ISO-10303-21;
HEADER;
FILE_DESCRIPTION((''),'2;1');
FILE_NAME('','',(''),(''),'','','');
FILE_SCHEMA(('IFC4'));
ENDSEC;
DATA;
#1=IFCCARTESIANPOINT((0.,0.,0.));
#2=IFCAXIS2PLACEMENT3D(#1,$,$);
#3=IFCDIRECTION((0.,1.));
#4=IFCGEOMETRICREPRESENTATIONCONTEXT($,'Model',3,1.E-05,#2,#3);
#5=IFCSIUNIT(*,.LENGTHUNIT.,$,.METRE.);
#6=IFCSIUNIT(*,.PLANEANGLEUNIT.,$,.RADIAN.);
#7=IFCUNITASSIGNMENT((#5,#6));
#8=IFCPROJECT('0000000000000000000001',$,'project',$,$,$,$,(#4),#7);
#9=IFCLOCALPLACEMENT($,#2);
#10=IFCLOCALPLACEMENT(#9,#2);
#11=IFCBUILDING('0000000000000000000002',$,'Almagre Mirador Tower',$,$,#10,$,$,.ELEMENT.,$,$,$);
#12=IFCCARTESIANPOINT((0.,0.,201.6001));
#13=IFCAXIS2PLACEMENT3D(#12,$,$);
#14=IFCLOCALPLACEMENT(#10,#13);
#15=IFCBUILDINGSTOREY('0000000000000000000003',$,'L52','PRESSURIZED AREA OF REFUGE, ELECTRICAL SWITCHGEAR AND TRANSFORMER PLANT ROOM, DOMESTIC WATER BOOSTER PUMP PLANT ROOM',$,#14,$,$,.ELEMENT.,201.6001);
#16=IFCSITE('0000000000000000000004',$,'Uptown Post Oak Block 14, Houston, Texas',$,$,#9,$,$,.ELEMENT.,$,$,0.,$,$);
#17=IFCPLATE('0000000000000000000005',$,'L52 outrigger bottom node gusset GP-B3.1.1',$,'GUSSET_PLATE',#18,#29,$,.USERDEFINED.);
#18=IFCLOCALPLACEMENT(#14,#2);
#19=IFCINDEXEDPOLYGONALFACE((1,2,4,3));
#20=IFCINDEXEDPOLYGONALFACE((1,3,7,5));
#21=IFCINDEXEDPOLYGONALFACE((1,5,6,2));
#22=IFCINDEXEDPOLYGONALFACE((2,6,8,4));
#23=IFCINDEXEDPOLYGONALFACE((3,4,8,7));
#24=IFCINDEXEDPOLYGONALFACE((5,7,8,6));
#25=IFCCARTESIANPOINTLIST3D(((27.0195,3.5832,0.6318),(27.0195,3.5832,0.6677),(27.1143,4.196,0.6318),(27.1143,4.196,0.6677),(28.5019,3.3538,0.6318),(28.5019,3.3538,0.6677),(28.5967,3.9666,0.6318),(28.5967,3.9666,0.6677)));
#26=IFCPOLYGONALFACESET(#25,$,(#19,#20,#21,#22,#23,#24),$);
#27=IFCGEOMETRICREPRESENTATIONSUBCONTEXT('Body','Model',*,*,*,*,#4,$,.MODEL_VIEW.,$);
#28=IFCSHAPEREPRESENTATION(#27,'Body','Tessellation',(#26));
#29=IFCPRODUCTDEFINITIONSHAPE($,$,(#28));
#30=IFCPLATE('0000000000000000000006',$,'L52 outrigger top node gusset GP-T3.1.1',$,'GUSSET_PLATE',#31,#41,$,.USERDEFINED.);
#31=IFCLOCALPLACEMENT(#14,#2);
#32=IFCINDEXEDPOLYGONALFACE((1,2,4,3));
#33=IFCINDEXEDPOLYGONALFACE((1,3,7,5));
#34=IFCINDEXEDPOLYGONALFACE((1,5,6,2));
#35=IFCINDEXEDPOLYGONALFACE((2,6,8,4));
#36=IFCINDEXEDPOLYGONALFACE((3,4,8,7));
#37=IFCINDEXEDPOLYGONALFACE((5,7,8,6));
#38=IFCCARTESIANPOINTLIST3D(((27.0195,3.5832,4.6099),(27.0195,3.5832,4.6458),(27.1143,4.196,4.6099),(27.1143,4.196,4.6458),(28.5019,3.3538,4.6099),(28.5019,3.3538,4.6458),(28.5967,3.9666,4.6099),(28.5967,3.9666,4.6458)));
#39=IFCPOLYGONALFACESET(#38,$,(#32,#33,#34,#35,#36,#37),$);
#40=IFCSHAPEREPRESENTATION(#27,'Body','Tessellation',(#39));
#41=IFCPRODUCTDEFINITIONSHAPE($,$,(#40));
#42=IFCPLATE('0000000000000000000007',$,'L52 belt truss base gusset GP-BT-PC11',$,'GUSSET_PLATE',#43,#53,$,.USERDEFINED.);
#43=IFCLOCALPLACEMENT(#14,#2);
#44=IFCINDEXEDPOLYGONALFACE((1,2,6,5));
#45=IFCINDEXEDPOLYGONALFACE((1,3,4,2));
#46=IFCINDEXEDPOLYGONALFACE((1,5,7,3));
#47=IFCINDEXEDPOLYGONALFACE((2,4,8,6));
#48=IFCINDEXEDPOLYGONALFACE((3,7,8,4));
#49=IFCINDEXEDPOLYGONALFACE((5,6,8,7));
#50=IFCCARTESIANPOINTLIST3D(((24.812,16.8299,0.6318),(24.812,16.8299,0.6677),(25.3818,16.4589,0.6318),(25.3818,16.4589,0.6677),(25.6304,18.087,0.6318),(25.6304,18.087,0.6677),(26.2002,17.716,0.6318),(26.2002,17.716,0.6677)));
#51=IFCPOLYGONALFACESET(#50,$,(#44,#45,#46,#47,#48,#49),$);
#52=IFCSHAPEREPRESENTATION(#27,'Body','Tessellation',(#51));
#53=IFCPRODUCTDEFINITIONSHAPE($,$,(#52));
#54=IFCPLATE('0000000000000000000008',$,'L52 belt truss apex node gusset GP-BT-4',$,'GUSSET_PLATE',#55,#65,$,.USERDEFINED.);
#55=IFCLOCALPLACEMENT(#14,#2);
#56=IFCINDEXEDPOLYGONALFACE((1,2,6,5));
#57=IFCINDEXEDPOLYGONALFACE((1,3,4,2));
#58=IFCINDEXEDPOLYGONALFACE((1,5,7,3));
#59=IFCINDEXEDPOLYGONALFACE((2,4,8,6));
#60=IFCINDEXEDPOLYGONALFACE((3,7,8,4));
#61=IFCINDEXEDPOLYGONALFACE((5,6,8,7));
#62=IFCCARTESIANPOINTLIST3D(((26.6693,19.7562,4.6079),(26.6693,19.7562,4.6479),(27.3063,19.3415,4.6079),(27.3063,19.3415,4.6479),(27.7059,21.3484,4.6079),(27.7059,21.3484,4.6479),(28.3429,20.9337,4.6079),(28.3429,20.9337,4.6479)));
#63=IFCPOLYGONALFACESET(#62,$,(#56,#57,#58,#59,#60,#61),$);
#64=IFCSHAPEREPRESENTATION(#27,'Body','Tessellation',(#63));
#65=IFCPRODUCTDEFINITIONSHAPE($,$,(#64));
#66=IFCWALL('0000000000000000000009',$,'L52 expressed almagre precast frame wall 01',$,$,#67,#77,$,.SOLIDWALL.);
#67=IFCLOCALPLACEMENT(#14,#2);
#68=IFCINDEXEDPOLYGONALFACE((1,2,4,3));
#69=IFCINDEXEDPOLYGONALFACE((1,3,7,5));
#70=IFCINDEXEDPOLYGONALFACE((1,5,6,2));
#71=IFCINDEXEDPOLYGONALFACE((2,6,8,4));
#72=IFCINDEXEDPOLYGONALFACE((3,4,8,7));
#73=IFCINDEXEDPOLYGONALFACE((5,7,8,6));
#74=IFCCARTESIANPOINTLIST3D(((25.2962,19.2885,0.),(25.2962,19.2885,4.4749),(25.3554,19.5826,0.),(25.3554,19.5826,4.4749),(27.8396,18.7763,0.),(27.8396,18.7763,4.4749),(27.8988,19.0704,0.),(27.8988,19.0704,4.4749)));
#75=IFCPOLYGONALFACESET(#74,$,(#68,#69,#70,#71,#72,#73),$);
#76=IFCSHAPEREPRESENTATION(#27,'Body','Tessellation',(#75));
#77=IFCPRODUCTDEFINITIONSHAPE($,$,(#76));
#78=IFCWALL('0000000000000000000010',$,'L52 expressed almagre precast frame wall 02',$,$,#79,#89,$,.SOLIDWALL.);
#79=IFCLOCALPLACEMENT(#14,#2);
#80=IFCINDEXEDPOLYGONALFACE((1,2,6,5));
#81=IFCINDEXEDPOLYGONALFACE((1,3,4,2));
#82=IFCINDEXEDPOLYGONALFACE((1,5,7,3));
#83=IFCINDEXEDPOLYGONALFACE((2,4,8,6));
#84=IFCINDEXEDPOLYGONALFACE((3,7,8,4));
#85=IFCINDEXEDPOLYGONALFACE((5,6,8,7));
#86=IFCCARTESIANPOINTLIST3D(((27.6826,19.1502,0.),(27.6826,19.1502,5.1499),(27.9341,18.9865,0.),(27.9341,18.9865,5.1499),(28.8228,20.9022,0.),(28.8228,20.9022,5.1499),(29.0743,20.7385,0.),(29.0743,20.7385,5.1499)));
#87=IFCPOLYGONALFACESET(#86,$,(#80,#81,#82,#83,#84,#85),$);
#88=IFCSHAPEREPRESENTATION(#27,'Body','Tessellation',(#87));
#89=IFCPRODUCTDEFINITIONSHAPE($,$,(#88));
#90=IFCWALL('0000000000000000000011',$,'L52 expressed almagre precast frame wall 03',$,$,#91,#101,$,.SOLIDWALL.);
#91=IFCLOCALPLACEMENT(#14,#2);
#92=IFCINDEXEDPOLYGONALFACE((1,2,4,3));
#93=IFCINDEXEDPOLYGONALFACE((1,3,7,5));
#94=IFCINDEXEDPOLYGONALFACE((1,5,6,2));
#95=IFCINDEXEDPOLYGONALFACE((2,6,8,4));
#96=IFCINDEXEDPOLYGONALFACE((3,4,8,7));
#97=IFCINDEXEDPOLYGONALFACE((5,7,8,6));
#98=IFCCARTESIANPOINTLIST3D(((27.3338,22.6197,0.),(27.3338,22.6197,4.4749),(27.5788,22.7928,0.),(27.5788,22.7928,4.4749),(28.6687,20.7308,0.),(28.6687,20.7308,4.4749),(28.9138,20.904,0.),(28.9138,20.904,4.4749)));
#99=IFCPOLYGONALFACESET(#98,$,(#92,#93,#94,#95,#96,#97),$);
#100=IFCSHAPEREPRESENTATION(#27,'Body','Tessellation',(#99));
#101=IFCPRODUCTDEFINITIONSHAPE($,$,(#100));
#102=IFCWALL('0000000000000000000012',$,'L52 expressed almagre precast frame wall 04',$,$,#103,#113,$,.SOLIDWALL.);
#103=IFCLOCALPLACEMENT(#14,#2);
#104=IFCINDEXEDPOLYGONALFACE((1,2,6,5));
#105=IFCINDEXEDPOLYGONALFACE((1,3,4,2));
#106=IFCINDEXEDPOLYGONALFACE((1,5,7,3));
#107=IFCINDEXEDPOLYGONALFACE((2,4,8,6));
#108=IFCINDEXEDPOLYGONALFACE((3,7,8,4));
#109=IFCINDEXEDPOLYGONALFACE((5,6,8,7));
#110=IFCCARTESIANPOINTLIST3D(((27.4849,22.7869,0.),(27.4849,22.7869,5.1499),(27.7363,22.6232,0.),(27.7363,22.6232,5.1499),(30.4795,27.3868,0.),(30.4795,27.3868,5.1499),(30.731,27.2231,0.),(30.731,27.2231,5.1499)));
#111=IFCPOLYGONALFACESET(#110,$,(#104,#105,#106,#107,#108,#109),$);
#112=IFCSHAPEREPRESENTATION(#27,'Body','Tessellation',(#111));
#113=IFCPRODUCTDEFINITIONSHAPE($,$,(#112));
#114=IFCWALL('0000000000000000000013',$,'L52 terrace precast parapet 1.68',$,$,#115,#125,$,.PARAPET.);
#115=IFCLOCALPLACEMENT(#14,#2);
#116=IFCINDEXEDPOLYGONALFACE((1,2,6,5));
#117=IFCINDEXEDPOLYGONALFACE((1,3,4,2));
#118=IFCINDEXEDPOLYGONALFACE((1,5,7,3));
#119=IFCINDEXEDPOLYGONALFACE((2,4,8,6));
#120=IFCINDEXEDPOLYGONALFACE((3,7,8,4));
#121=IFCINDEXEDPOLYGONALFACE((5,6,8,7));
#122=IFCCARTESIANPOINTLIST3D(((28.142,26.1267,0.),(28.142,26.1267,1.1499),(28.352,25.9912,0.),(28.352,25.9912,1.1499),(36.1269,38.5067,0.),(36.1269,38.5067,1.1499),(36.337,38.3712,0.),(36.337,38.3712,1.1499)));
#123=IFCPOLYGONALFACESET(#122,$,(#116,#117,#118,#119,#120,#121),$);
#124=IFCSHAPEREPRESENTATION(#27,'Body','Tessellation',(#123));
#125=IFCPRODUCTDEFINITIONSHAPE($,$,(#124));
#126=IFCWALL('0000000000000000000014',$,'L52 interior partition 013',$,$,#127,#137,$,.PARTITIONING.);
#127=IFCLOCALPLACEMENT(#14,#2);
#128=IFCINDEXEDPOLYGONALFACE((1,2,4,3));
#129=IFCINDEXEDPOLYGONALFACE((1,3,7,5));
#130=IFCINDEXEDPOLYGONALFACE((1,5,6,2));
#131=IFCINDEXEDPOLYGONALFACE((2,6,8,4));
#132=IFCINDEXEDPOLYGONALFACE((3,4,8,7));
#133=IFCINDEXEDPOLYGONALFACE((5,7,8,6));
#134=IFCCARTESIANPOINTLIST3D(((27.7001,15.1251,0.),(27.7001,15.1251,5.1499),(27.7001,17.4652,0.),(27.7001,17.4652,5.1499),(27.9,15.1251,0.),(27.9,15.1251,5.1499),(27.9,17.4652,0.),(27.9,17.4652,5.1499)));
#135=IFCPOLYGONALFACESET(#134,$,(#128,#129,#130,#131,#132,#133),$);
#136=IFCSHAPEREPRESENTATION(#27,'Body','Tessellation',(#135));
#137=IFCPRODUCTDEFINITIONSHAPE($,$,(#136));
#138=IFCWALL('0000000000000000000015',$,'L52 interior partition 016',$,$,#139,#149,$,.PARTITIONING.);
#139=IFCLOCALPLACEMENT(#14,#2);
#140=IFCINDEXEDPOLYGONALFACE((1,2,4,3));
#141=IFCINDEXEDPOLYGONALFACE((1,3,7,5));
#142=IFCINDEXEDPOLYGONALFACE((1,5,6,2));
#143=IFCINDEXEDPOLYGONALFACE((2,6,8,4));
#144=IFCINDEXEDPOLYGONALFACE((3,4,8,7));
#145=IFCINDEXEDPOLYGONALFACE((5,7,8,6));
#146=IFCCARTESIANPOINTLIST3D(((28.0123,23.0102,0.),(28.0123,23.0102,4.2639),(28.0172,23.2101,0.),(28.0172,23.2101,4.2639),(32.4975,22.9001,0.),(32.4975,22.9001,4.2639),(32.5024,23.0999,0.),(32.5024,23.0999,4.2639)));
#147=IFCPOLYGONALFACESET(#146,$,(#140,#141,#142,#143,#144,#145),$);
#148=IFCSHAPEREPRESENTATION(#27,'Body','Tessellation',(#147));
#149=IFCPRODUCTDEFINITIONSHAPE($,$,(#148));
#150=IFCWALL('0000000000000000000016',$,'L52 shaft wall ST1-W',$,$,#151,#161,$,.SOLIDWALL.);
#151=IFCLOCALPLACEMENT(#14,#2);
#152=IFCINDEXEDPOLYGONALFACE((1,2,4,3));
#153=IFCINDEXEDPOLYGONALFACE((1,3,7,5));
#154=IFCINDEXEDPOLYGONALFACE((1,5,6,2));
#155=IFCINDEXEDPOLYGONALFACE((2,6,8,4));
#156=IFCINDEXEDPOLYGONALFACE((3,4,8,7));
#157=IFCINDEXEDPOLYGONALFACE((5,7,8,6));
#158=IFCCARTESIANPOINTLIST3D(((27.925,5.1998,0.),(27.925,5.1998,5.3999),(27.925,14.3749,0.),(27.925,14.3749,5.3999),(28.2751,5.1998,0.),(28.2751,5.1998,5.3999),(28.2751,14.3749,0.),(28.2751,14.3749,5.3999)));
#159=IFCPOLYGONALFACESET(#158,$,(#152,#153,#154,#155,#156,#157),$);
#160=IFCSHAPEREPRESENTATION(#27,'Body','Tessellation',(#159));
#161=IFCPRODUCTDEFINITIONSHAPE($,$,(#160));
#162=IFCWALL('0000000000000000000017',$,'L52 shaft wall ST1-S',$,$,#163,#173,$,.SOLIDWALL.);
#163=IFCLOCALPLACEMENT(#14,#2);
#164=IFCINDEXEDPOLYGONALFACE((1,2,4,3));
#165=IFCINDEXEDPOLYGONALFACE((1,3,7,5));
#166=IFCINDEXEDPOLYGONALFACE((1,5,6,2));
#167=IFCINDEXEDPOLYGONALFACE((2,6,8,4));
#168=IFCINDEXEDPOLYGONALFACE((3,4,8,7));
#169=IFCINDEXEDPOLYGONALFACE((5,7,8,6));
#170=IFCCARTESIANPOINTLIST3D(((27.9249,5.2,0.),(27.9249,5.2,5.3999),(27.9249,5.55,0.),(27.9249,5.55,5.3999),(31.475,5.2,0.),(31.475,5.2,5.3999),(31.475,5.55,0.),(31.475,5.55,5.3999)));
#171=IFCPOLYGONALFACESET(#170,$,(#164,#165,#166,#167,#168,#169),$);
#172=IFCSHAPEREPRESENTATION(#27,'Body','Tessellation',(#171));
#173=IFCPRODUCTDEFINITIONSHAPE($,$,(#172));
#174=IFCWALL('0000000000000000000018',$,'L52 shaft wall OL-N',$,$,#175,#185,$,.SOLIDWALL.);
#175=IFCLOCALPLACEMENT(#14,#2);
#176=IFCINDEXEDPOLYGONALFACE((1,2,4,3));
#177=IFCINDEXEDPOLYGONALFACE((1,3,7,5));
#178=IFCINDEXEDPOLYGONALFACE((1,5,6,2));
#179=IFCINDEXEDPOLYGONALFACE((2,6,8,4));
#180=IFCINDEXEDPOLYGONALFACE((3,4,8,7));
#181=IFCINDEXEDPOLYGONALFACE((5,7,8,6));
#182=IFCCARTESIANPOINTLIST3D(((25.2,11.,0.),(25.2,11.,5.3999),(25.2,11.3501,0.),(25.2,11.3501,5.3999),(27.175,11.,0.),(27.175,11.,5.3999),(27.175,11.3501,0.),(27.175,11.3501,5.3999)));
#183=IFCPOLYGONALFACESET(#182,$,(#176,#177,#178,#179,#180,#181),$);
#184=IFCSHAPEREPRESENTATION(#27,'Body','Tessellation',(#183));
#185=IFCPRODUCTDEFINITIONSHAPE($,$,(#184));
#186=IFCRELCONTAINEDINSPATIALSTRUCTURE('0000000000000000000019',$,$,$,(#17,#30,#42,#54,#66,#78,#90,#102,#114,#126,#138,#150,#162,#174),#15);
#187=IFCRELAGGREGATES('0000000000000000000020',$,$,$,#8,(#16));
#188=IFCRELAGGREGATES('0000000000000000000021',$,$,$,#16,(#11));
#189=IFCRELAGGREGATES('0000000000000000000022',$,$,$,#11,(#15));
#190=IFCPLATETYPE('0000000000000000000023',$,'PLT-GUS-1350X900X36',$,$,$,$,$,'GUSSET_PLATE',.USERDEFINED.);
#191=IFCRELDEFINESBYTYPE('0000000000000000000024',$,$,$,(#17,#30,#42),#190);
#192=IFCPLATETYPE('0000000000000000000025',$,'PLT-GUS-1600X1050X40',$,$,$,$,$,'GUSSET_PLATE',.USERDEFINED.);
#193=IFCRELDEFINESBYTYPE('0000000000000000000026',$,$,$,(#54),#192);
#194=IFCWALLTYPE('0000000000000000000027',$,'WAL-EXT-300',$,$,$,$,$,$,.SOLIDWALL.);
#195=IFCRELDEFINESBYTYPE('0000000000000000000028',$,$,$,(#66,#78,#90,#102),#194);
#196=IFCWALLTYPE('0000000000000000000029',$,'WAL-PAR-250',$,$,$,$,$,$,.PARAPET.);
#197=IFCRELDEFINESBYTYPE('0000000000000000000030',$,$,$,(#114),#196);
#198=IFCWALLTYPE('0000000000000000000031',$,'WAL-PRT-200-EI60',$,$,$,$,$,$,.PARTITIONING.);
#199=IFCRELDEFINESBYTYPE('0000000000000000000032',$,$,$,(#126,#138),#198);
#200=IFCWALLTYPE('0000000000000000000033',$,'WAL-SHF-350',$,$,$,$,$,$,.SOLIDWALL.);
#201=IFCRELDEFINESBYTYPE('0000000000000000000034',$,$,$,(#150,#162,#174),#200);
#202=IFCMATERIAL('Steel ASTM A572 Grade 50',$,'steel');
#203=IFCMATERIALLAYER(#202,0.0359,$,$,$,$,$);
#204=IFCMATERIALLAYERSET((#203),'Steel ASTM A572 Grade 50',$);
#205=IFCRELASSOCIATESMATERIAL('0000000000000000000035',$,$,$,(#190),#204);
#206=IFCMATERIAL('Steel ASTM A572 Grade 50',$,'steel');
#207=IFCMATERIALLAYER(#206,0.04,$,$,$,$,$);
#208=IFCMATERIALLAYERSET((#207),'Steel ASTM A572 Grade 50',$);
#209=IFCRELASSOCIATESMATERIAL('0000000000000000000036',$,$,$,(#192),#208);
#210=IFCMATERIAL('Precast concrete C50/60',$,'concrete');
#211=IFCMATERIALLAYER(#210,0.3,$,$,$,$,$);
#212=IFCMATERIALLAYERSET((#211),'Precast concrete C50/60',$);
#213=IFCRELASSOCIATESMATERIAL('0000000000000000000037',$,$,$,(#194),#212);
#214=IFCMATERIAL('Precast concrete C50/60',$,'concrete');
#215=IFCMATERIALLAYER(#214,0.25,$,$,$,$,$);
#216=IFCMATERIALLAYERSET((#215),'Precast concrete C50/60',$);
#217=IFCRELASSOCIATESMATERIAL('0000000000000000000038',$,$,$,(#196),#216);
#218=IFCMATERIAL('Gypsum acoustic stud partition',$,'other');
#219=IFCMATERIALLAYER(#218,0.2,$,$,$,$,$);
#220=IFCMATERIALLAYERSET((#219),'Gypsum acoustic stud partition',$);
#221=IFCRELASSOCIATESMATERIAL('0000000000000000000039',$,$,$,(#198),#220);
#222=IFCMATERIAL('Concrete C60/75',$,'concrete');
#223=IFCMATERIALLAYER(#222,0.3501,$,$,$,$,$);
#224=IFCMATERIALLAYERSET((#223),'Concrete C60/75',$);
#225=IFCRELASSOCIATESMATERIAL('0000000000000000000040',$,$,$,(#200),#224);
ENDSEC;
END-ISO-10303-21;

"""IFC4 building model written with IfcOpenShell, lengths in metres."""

from ifc_helpers import new_model, si_unit, direction, frame, frame_2d, origin, origin_2d, place, context, subcontext, project, spatial, rectangle, extrude, material, layer, layer_set, type_object, element, save


model = new_model("IFC4")

# Units and contexts
model_context = context("Model", 3, precision=1e-05, world=origin(), true_north=direction((0.0, 1.0)))
body_context = subcontext(model_context, "Body", "Model", "MODEL_VIEW")
ifc_project = project(units=[si_unit("LENGTHUNIT", "METRE"), si_unit("PLANEANGLEUNIT", "RADIAN")], contexts=[model_context])

# Site, building, storey
site_placement = place(None, origin())
site = spatial("IfcSite", under=ifc_project, at=site_placement, Name="Uptown Post Oak Block 14, Houston, Texas", CompositionType="ELEMENT", RefElevation=0.0)
building_placement = place(site_placement, origin())
building = spatial("IfcBuilding", under=site, at=building_placement, Name="Almagre Mirador Tower", CompositionType="ELEMENT")
storey_placement = place(building_placement, frame((0.0, 0.0, 201.6001)))
storey = spatial("IfcBuildingStorey", under=building, at=storey_placement, Name="L52", Description="PRESSURIZED AREA OF REFUGE, ELECTRICAL SWITCHGEAR AND TRANSFORMER PLANT ROOM, DOMESTIC WATER BOOSTER PUMP PLANT ROOM", CompositionType="ELEMENT", Elevation=201.6001)

# Plates
ifc_material_1 = material(Name="Steel ASTM A572 Grade 50", Category="steel")
ifc_layer_1 = layer(ifc_material_1, 0.0359)
ifc_layer_set_1 = layer_set([ifc_layer_1], Name="Steel ASTM A572 Grade 50")
plate_type_1 = type_object("IfcPlateType", Name="PLT-GUS-1350X900X36", ElementType="GUSSET_PLATE", PredefinedType="USERDEFINED", material=ifc_layer_set_1)
for number, where, z_axis, x_axis, name in (
    (1, (27.8081, 3.7749, 0.6318), (0.0, 0.0, 1.0), (-0.988236, 0.152934, 0.0), "L52 outrigger bottom node gusset GP-B3.1.1"),
    (2, (27.8081, 3.7749, 4.6099), (0.0, 0.0, 1.0), (-0.988236, 0.152934, 0.0), "L52 outrigger top node gusset GP-T3.1.1"),
):
    element("IfcPlate", number, at=place(storey_placement, frame(where, z_axis=z_axis, x_axis=x_axis)), inside=storey, type_object=plate_type_1, Name=name, ObjectType="GUSSET_PLATE", PredefinedType="USERDEFINED", context=body_context, shape_type="SweptSolid", body=[
        extrude(rectangle(XDim=1.5, YDim=0.6201, at=origin_2d()), origin(), (0.0, 0.0, 1.0), 0.0359),
    ])
plate_1_placement = place(storey_placement, frame((25.5061, 17.2729, 0.6318), z_axis=(0.0, 0.0, 1.0), x_axis=(-0.545605, -0.838043, 0.0)))
element("IfcPlate", 3, at=plate_1_placement, inside=storey, type_object=plate_type_1, Name="L52 belt truss base gusset GP-BT-PC11", ObjectType="GUSSET_PLATE", PredefinedType="USERDEFINED", context=body_context, shape_type="SweptSolid", body=[
    extrude(rectangle(XDim=1.5, YDim=0.6799, at=origin_2d()), origin(), (0.0, 0.0, 1.0), 0.0359),
])
ifc_material_2 = material(Name="Steel ASTM A572 Grade 50", Category="steel")
ifc_layer_2 = layer(ifc_material_2, 0.04)
ifc_layer_set_2 = layer_set([ifc_layer_2], Name="Steel ASTM A572 Grade 50")
plate_type_2 = type_object("IfcPlateType", Name="PLT-GUS-1600X1050X40", ElementType="GUSSET_PLATE", PredefinedType="USERDEFINED", material=ifc_layer_set_2)
plate_2_placement = place(storey_placement, frame((27.5061, 20.345, 4.6079), z_axis=(0.0, 0.0, 1.0), x_axis=(-0.545605, -0.838043, 0.0)))
element("IfcPlate", 4, at=plate_2_placement, inside=storey, type_object=plate_type_2, Name="L52 belt truss apex node gusset GP-BT-4", ObjectType="GUSSET_PLATE", PredefinedType="USERDEFINED", context=body_context, shape_type="SweptSolid", body=[
    extrude(rectangle(XDim=1.8999, YDim=0.76, at=origin_2d()), origin(), (0.0, 0.0, 1.0), 0.04),
])

# Walls
ifc_material_3 = material(Name="Precast concrete C50/60", Category="concrete")
ifc_layer_3 = layer(ifc_material_3, 0.3)
ifc_layer_set_3 = layer_set([ifc_layer_3], Name="Precast concrete C50/60")
wall_type_1 = type_object("IfcWallType", Name="WAL-EXT-300", PredefinedType="SOLIDWALL", material=ifc_layer_set_3)
wall_1_placement = place(storey_placement, frame((25.3257, 19.4355, 0.0), z_axis=(0.0, 0.0, 1.0), x_axis=(0.980319, -0.197419, 0.0)))
element("IfcWall", 5, at=wall_1_placement, inside=storey, type_object=wall_type_1, Name="L52 expressed almagre precast frame wall 01", PredefinedType="SOLIDWALL", context=body_context, shape_type="SweptSolid", body=[
    extrude(rectangle(XDim=2.5945, YDim=0.3, at=frame_2d((1.2974, 0.0))), origin(), (0.0, 0.0, 1.0), 4.4749),
])
wall_2_placement = place(storey_placement, frame((27.8083, 19.0684, 0.0), z_axis=(0.0, 0.0, 1.0), x_axis=(0.545448, 0.838145, 0.0)))
element("IfcWall", 6, at=wall_2_placement, inside=storey, type_object=wall_type_1, Name="L52 expressed almagre precast frame wall 02", PredefinedType="SOLIDWALL", context=body_context, shape_type="SweptSolid", body=[
    extrude(rectangle(XDim=2.0903, YDim=0.3, at=frame_2d((1.0452, 0.0))), origin(), (0.0, 0.0, 1.0), 5.1499),
])
wall_3_placement = place(storey_placement, frame((28.7913, 20.8174, 0.0), z_axis=(0.0, 0.0, 1.0), x_axis=(-0.577147, 0.81664, 0.0)))
element("IfcWall", 7, at=wall_3_placement, inside=storey, type_object=wall_type_1, Name="L52 expressed almagre precast frame wall 03", PredefinedType="SOLIDWALL", context=body_context, shape_type="SweptSolid", body=[
    extrude(rectangle(XDim=2.313, YDim=0.3, at=frame_2d((1.1565, 0.0))), origin(), (0.0, 0.0, 1.0), 4.4749),
])
wall_4_placement = place(storey_placement, frame((27.6106, 22.7051, 0.0), z_axis=(0.0, 0.0, 1.0), x_axis=(0.545593, 0.83805, 0.0)))
element("IfcWall", 8, at=wall_4_placement, inside=storey, type_object=wall_type_1, Name="L52 expressed almagre precast frame wall 04", PredefinedType="SOLIDWALL", context=body_context, shape_type="SweptSolid", body=[
    extrude(rectangle(XDim=5.4888, YDim=0.3, at=frame_2d((2.7444, 0.0))), origin(), (0.0, 0.0, 1.0), 5.1499),
])
ifc_material_4 = material(Name="Precast concrete C50/60", Category="concrete")
ifc_layer_4 = layer(ifc_material_4, 0.25)
ifc_layer_set_4 = layer_set([ifc_layer_4], Name="Precast concrete C50/60")
wall_type_2 = type_object("IfcWallType", Name="WAL-PAR-250", PredefinedType="PARAPET", material=ifc_layer_set_4)
wall_5_placement = place(storey_placement, frame((28.2471, 26.0591, 0.0), z_axis=(0.0, 0.0, 1.0), x_axis=(0.542023, 0.840363, 0.0)))
element("IfcWall", 9, at=wall_5_placement, inside=storey, type_object=wall_type_2, Name="L52 terrace precast parapet 1.68", PredefinedType="PARAPET", context=body_context, shape_type="SweptSolid", body=[
    extrude(rectangle(XDim=14.7317, YDim=0.25, at=frame_2d((7.3657, 0.0))), origin(), (0.0, 0.0, 1.0), 1.1499),
])
ifc_material_5 = material(Name="Gypsum acoustic stud partition", Category="other")
ifc_layer_5 = layer(ifc_material_5, 0.2)
ifc_layer_set_5 = layer_set([ifc_layer_5], Name="Gypsum acoustic stud partition")
wall_type_3 = type_object("IfcWallType", Name="WAL-PRT-200-EI60", PredefinedType="PARTITIONING", material=ifc_layer_set_5)
wall_6_placement = place(storey_placement, frame((27.8, 17.4651, 0.0), z_axis=(0.0, 0.0, 1.0), x_axis=(0.0, -1.0, 0.0)))
element("IfcWall", 10, at=wall_6_placement, inside=storey, type_object=wall_type_3, Name="L52 interior partition 013", PredefinedType="PARTITIONING", context=body_context, shape_type="SweptSolid", body=[
    extrude(rectangle(XDim=2.3401, YDim=0.2, at=frame_2d((1.1699, 0.0))), origin(), (0.0, 0.0, 1.0), 5.1499),
])
wall_7_placement = place(storey_placement, frame((28.0149, 23.1101, 0.0), z_axis=(0.0, 0.0, 1.0), x_axis=(0.999699, -0.024542, 0.0)))
element("IfcWall", 11, at=wall_7_placement, inside=storey, type_object=wall_type_3, Name="L52 interior partition 016", PredefinedType="PARTITIONING", context=body_context, shape_type="SweptSolid", body=[
    extrude(rectangle(XDim=4.4866, YDim=0.2, at=frame_2d((2.2432, 0.0))), origin(), (0.0, 0.0, 1.0), 4.2639),
])
ifc_material_6 = material(Name="Concrete C60/75", Category="concrete")
ifc_layer_6 = layer(ifc_material_6, 0.3501)
ifc_layer_set_6 = layer_set([ifc_layer_6], Name="Concrete C60/75")
wall_type_4 = type_object("IfcWallType", Name="WAL-SHF-350", PredefinedType="SOLIDWALL", material=ifc_layer_set_6)
wall_8_placement = place(storey_placement, frame((28.1001, 5.2, 0.0), z_axis=(0.0, 0.0, 1.0), x_axis=(0.0, 1.0, 0.0)))
element("IfcWall", 12, at=wall_8_placement, inside=storey, type_object=wall_type_4, Name="L52 shaft wall ST1-W", PredefinedType="SOLIDWALL", context=body_context, shape_type="SweptSolid", body=[
    extrude(rectangle(XDim=9.175, YDim=0.3501, at=frame_2d((4.5874, 0.0))), origin(), (0.0, 0.0, 1.0), 5.3999),
])
wall_9_placement = place(storey_placement, frame((27.925, 5.375, 0.0), z_axis=(0.0, 0.0, 1.0), x_axis=(1.0, 0.0, 0.0)))
element("IfcWall", 13, at=wall_9_placement, inside=storey, type_object=wall_type_4, Name="L52 shaft wall ST1-S", PredefinedType="SOLIDWALL", context=body_context, shape_type="SweptSolid", body=[
    extrude(rectangle(XDim=3.55, YDim=0.3501, at=frame_2d((1.7749, 0.0))), origin(), (0.0, 0.0, 1.0), 5.3999),
])
wall_10_placement = place(storey_placement, frame((25.2, 11.175, 0.0), z_axis=(0.0, 0.0, 1.0), x_axis=(1.0, 0.0, 0.0)))
element("IfcWall", 14, at=wall_10_placement, inside=storey, type_object=wall_type_4, Name="L52 shaft wall OL-N", PredefinedType="SOLIDWALL", context=body_context, shape_type="SweptSolid", body=[
    extrude(rectangle(XDim=1.9751, YDim=0.3501, at=frame_2d((0.9875, 0.0))), origin(), (0.0, 0.0, 1.0), 5.3999),
])

save(model, "model.ifc")
